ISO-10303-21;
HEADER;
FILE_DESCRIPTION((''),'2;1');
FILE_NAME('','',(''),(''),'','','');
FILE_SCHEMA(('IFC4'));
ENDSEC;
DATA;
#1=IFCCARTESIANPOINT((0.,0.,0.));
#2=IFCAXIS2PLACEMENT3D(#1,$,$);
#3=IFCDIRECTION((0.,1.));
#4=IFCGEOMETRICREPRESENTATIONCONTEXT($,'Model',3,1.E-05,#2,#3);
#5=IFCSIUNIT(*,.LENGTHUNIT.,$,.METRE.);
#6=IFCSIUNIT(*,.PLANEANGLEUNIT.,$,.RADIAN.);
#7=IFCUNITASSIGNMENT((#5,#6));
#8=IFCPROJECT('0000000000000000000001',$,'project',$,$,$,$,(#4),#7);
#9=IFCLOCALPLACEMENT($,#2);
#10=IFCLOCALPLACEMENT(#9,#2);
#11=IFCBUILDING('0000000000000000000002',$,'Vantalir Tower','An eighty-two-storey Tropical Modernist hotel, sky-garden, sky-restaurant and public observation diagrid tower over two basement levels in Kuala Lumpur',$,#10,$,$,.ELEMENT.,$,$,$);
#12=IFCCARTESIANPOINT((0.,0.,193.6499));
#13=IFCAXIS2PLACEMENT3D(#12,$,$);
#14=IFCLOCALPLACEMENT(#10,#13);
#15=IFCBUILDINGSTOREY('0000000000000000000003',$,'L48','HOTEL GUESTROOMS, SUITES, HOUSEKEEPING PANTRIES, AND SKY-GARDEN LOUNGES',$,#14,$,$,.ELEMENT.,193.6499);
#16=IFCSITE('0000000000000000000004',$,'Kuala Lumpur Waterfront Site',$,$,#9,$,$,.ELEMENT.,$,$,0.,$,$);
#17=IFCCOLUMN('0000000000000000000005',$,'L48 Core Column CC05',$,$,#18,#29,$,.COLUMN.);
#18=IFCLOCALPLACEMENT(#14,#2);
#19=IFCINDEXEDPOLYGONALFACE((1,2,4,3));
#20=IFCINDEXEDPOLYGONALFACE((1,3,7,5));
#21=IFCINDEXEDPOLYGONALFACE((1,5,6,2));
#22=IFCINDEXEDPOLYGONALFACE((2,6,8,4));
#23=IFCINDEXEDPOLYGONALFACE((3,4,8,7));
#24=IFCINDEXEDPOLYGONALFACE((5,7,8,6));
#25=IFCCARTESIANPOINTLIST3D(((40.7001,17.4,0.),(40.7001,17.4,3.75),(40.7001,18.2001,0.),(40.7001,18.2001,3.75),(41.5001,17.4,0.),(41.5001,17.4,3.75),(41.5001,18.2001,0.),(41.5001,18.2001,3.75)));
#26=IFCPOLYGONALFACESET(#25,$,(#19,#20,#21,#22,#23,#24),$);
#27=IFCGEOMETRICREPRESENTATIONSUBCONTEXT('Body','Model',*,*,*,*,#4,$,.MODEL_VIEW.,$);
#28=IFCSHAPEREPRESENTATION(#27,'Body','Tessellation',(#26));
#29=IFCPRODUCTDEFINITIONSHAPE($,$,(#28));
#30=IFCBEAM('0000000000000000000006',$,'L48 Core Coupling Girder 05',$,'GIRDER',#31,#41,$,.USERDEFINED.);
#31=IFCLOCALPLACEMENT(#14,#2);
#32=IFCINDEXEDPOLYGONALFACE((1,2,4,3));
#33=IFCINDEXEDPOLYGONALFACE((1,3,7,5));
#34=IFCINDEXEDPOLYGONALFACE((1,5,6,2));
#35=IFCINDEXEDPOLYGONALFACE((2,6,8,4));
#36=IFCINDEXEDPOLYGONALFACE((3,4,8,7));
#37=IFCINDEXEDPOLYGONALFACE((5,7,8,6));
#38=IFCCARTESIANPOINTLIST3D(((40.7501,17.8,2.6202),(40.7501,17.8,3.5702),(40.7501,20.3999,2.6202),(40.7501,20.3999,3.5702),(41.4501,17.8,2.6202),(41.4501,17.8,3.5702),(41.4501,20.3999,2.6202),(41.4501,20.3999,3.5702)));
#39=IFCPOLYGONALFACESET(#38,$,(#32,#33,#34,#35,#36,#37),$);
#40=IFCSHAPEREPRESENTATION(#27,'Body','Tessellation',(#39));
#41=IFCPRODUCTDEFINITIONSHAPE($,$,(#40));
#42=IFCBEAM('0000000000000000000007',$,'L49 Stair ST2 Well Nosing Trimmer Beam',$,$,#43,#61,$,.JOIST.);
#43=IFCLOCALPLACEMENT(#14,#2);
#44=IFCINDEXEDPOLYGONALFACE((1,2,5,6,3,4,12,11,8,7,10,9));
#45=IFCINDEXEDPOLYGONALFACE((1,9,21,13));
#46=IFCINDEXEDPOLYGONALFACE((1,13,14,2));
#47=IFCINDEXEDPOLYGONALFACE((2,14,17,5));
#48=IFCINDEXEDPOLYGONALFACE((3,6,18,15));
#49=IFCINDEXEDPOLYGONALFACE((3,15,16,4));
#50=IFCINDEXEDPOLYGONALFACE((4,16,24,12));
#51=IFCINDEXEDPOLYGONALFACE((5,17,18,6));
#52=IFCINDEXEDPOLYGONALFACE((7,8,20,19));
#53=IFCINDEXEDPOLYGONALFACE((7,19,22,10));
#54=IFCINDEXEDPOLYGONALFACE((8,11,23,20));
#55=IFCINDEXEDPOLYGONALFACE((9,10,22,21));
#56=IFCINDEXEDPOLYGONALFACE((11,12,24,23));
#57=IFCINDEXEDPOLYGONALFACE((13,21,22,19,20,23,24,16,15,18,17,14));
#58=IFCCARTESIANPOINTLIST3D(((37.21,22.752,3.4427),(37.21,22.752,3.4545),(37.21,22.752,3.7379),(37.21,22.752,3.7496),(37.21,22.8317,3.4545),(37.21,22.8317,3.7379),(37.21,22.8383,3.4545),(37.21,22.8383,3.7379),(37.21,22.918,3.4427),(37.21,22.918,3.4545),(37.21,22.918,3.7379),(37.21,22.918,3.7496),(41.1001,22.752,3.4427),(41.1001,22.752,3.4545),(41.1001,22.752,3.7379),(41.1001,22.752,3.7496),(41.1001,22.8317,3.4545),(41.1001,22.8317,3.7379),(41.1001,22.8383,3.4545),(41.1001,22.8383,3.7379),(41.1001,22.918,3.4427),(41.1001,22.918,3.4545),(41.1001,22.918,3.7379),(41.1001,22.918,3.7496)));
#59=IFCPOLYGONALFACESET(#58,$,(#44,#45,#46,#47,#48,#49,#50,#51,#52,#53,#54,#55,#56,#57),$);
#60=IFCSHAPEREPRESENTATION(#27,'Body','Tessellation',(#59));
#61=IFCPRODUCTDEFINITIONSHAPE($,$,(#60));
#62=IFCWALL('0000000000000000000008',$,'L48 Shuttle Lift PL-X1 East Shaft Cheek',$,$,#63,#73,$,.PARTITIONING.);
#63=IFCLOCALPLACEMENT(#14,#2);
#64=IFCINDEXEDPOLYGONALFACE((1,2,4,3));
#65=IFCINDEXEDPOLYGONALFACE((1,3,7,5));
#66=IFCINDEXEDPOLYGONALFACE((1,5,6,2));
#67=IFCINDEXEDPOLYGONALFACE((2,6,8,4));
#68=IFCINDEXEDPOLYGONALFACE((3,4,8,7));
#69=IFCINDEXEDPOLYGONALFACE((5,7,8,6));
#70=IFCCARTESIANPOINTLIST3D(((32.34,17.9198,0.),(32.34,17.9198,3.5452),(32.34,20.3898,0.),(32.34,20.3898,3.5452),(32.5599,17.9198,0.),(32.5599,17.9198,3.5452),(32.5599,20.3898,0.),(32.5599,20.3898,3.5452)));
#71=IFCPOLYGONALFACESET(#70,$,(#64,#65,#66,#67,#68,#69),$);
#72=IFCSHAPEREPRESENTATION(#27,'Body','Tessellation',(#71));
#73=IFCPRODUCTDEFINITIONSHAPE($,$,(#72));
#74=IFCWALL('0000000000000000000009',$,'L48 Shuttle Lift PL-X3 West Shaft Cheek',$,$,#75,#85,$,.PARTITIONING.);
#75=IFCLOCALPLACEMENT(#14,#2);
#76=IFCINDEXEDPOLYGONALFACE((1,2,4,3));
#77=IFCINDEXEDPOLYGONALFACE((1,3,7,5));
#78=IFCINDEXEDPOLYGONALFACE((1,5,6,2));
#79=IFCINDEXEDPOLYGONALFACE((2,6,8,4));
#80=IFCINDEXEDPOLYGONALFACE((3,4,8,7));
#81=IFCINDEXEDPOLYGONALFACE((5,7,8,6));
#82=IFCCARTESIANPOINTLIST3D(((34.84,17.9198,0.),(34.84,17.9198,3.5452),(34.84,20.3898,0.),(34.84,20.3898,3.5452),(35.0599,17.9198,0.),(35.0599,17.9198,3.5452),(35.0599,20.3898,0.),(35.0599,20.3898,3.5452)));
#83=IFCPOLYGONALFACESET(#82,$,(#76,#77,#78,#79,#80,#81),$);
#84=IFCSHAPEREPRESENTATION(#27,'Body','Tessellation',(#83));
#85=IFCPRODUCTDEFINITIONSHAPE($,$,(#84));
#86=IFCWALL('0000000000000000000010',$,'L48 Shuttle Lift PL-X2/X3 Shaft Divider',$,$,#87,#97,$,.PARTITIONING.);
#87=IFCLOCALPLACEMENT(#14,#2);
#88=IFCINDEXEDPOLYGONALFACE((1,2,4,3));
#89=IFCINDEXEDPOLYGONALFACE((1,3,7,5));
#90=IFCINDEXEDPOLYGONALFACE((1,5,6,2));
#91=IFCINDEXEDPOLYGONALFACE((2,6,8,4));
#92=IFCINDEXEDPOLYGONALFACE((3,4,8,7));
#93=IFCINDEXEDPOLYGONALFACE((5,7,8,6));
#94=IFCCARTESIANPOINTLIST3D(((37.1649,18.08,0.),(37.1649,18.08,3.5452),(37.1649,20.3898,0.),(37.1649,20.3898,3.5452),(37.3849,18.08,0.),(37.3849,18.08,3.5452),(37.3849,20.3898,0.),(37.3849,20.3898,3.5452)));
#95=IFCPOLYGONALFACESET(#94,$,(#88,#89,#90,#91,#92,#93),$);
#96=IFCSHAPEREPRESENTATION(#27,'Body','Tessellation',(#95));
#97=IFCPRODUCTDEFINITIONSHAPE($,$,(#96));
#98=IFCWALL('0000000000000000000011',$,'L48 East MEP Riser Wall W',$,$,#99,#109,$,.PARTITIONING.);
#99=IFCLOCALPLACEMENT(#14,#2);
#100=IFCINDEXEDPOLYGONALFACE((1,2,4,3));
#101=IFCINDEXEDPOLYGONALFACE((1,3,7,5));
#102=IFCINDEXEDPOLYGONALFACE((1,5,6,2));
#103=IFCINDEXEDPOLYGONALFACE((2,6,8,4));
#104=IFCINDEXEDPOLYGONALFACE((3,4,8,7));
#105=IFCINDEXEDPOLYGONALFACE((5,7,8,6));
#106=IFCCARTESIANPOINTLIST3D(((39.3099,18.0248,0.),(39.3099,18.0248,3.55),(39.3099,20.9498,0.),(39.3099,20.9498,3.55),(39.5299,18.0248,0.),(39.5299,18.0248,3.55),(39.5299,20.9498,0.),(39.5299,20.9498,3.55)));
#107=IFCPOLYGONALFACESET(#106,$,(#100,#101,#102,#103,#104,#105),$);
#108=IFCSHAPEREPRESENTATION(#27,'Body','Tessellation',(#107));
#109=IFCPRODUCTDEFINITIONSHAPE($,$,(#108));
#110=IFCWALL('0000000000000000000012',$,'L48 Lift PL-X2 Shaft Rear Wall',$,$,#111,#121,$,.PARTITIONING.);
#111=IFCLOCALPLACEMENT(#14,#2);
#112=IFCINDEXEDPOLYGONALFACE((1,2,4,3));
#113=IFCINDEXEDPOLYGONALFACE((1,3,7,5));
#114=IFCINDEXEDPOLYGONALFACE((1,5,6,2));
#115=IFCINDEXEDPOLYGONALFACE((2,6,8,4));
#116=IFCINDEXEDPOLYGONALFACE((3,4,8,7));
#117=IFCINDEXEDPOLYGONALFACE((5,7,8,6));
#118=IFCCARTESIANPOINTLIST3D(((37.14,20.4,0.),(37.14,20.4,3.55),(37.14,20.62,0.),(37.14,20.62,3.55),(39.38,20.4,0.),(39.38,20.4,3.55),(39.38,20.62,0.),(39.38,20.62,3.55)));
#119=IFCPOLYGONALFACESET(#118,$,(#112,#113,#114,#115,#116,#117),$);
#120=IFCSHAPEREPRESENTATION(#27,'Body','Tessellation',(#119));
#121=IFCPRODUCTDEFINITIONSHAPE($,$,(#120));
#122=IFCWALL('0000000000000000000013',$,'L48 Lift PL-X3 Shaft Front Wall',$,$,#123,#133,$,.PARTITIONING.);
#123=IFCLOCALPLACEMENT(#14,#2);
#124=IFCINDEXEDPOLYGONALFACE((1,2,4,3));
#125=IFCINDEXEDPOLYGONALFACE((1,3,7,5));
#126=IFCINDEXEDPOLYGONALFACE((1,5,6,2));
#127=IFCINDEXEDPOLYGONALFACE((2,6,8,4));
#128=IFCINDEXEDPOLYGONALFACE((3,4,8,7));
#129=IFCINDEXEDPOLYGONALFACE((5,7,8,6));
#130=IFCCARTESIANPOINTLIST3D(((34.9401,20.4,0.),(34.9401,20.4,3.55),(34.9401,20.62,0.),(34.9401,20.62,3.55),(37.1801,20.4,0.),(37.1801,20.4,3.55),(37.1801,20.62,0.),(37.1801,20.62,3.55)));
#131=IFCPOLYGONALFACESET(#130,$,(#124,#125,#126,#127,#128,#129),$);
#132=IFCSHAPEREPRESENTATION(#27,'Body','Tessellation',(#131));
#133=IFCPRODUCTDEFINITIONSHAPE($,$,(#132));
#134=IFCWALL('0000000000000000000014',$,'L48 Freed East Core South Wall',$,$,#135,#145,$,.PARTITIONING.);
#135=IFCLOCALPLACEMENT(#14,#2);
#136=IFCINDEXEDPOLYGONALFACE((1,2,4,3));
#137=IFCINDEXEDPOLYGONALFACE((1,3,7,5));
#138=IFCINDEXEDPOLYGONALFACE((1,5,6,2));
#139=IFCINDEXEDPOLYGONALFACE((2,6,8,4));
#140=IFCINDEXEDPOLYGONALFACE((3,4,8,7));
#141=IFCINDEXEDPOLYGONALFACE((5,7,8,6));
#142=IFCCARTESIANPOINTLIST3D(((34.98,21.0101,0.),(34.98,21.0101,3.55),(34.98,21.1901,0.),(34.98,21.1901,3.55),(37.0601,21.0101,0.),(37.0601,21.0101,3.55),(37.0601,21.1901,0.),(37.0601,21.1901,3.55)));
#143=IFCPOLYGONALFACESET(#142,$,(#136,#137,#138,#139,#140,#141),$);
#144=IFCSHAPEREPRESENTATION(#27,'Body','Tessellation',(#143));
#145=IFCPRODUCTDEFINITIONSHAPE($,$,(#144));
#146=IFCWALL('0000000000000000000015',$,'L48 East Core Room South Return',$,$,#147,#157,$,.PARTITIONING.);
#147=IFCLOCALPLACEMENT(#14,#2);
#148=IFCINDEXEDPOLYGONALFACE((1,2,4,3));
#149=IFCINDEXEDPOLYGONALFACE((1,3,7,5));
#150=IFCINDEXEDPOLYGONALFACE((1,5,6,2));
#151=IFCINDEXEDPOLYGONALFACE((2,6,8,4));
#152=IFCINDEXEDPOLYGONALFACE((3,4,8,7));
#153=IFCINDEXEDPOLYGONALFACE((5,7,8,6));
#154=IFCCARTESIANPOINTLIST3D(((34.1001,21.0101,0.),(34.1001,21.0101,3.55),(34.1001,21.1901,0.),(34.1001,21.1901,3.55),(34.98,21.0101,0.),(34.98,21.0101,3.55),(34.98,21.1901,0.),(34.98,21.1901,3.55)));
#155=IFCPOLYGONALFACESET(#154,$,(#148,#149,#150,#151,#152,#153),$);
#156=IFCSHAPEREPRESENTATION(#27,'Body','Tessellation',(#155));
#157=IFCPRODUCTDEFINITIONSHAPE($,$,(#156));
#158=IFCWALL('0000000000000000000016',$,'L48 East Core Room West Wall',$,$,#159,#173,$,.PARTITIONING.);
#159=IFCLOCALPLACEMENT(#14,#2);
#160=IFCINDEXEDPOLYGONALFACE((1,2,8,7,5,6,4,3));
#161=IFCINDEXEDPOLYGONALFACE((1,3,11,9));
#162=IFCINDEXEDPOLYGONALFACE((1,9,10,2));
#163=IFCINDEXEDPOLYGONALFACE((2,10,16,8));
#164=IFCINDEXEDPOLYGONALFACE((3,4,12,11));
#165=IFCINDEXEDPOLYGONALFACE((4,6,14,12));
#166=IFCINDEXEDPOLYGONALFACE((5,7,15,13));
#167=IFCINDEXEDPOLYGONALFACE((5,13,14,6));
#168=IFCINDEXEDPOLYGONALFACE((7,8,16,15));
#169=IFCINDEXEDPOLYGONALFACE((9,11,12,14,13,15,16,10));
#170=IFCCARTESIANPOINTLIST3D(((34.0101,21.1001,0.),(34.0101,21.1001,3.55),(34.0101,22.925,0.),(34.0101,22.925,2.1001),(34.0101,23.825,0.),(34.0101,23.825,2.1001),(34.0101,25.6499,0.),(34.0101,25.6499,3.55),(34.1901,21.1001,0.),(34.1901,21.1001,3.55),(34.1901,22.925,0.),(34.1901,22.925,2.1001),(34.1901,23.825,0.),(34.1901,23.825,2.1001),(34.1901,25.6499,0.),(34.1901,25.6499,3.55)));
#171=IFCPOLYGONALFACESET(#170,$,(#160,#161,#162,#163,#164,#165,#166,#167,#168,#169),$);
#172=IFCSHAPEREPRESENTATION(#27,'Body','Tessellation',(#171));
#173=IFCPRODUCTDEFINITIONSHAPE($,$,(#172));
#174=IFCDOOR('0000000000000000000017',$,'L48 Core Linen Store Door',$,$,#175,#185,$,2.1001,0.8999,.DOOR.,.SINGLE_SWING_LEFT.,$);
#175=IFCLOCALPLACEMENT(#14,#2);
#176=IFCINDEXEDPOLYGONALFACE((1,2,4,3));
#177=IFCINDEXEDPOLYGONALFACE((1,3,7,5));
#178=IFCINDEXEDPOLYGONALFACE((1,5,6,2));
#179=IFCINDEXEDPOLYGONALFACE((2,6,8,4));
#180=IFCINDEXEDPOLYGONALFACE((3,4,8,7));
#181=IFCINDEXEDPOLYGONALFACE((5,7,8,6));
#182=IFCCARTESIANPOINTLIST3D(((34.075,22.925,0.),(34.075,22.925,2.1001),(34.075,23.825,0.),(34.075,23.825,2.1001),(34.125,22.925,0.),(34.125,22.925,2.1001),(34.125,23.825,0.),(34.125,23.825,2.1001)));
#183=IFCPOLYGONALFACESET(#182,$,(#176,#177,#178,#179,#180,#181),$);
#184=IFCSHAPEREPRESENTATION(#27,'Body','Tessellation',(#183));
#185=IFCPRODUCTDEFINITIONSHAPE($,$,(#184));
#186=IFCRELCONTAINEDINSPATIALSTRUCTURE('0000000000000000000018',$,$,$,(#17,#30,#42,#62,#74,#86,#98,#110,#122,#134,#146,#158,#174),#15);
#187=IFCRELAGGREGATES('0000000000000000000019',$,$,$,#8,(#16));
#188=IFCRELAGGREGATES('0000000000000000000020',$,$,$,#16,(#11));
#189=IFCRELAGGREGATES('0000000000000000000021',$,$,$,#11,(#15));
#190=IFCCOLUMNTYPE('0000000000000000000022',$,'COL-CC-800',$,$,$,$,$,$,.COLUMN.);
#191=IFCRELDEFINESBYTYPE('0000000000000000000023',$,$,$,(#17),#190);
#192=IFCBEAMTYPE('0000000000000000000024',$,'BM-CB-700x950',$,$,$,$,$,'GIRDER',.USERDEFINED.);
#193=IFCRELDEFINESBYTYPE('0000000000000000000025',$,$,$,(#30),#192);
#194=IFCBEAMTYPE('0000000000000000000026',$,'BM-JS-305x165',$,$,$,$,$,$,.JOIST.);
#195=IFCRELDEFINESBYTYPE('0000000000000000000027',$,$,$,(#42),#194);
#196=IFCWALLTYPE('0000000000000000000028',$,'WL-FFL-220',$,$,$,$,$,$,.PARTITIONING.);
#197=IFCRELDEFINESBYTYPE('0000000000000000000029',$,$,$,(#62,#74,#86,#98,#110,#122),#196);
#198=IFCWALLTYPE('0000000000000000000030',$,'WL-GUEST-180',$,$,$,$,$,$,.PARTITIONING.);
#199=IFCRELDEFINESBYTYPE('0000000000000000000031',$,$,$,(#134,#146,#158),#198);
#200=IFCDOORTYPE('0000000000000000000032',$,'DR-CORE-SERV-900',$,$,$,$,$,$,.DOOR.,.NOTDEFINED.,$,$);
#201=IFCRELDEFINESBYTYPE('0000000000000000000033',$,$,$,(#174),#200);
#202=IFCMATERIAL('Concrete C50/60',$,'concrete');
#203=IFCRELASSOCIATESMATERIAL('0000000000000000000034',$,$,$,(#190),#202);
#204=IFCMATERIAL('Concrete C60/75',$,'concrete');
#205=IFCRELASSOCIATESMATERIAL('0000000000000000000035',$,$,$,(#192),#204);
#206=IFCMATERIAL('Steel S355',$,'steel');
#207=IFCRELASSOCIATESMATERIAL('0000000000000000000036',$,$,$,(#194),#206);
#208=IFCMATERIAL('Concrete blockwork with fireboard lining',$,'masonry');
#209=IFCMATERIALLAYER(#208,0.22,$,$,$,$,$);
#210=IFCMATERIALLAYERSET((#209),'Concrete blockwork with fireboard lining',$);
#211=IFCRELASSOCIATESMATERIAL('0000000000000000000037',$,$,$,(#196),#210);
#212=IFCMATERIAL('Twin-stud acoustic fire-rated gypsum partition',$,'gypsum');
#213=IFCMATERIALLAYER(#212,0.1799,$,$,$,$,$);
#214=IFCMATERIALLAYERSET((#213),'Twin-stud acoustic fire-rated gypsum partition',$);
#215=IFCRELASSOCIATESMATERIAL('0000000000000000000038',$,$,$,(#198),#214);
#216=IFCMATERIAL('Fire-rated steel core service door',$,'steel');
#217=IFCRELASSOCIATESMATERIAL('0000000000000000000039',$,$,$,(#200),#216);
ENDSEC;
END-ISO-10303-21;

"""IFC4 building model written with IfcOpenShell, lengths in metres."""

from ifc_helpers import new_model, si_unit, direction, frame, frame_2d, origin, origin_2d, place, context, subcontext, project, spatial, rectangle, i_section, extrude, material, layer, layer_set, material_profile, profile_set, type_object, element, fill, save


model = new_model("IFC4")

# Units and contexts
model_context = context("Model", 3, precision=1e-05, world=origin(), true_north=direction((0.0, 1.0)))
body_context = subcontext(model_context, "Body", "Model", "MODEL_VIEW")
ifc_project = project(units=[si_unit("LENGTHUNIT", "METRE"), si_unit("PLANEANGLEUNIT", "RADIAN")], contexts=[model_context])

# Site, building, storey
site_placement = place(None, origin())
site = spatial("IfcSite", under=ifc_project, at=site_placement, Name="Kuala Lumpur Waterfront Site", CompositionType="ELEMENT", RefElevation=0.0)
building_placement = place(site_placement, origin())
building = spatial("IfcBuilding", under=site, at=building_placement, Name="Vantalir Tower", Description="An eighty-two-storey Tropical Modernist hotel, sky-garden, sky-restaurant and public observation diagrid tower over two basement levels in Kuala Lumpur", CompositionType="ELEMENT")
storey_placement = place(building_placement, frame((0.0, 0.0, 193.6499)))
storey = spatial("IfcBuildingStorey", under=building, at=storey_placement, Name="L48", Description="HOTEL GUESTROOMS, SUITES, HOUSEKEEPING PANTRIES, AND SKY-GARDEN LOUNGES", CompositionType="ELEMENT", Elevation=193.6499)

# Column
ifc_material_1 = material(Name="Concrete C50/60", Category="concrete")
ifc_material_profile_1 = material_profile(ifc_material_1, rectangle(XDim=0.8, YDim=0.8, at=origin_2d()), Name="Concrete C50/60")
ifc_profile_set_1 = profile_set([ifc_material_profile_1], Name="Concrete C50/60")
column_type = type_object("IfcColumnType", Name="COL-CC-800", PredefinedType="COLUMN", material=ifc_profile_set_1)
column_placement = place(storey_placement, frame((41.1001, 17.8, 0.0), z_axis=(0.0, 0.0, 1.0), x_axis=(1.0, 0.0, 0.0)))
element("IfcColumn", 1, at=column_placement, inside=storey, type_object=column_type, Name="L48 Core Column CC05", PredefinedType="COLUMN", context=body_context, shape_type="SweptSolid", body=[
    extrude(rectangle(XDim=0.8, YDim=0.8, at=origin_2d()), origin(), (0.0, 0.0, 1.0), 3.75),
])

# Beams
ifc_material_2 = material(Name="Concrete C60/75", Category="concrete")
ifc_material_profile_2 = material_profile(ifc_material_2, rectangle(XDim=0.7, YDim=0.95, at=origin_2d()), Name="Concrete C60/75")
ifc_profile_set_2 = profile_set([ifc_material_profile_2], Name="Concrete C60/75")
beam_type_1 = type_object("IfcBeamType", Name="BM-CB-700x950", ElementType="GIRDER", PredefinedType="USERDEFINED", material=ifc_profile_set_2)
beam_1_placement = place(storey_placement, frame((41.1001, 17.8, 3.0952), z_axis=(0.0, 1.0, 0.0), x_axis=(-1.0, 0.0, 0.0)))
element("IfcBeam", 2, at=beam_1_placement, inside=storey, type_object=beam_type_1, Name="L48 Core Coupling Girder 05", ObjectType="GIRDER", PredefinedType="USERDEFINED", context=body_context, shape_type="SweptSolid", body=[
    extrude(rectangle(XDim=0.7, YDim=0.95, at=origin_2d()), origin(), (0.0, 0.0, 1.0), 2.5999),
])
ifc_material_3 = material(Name="Steel S355", Category="steel")
ifc_material_profile_3 = material_profile(ifc_material_3, i_section(OverallWidth=0.166, OverallDepth=0.3069, WebThickness=0.0066, FlangeThickness=0.0117, at=origin_2d()), Name="Steel S355")
ifc_profile_set_3 = profile_set([ifc_material_profile_3], Name="Steel S355")
beam_type_2 = type_object("IfcBeamType", Name="BM-JS-305x165", PredefinedType="JOIST", material=ifc_profile_set_3)
beam_2_placement = place(storey_placement, frame((37.21, 22.835, 3.5962), z_axis=(1.0, 0.0, 0.0), x_axis=(0.0, 1.0, 0.0)))
element("IfcBeam", 3, at=beam_2_placement, inside=storey, type_object=beam_type_2, Name="L49 Stair ST2 Well Nosing Trimmer Beam", PredefinedType="JOIST", context=body_context, shape_type="SweptSolid", body=[
    extrude(i_section(OverallWidth=0.166, OverallDepth=0.3069, WebThickness=0.0066, FlangeThickness=0.0117, at=origin_2d()), origin(), (0.0, 0.0, 1.0), 3.8901),
])

# Walls
ifc_material_4 = material(Name="Concrete blockwork with fireboard lining", Category="masonry")
ifc_layer_1 = layer(ifc_material_4, 0.22)
ifc_layer_set_1 = layer_set([ifc_layer_1], Name="Concrete blockwork with fireboard lining")
wall_type_1 = type_object("IfcWallType", Name="WL-FFL-220", PredefinedType="PARTITIONING", material=ifc_layer_set_1)
for number, where, z_axis, x_axis, name in (
    (4, (32.45, 17.9199, 0.0), (0.0, 0.0, 1.0), (0.0, 1.0, 0.0), "L48 Shuttle Lift PL-X1 East Shaft Cheek"),
    (5, (34.95, 17.9199, 0.0), (0.0, 0.0, 1.0), (0.0, 1.0, 0.0), "L48 Shuttle Lift PL-X3 West Shaft Cheek"),
):
    element("IfcWall", number, at=place(storey_placement, frame(where, z_axis=z_axis, x_axis=x_axis)), inside=storey, type_object=wall_type_1, Name=name, PredefinedType="PARTITIONING", context=body_context, shape_type="SweptSolid", body=[
        extrude(rectangle(XDim=2.47, YDim=0.22, at=frame_2d((1.2349, 0.0))), origin(), (0.0, 0.0, 1.0), 3.5452),
    ])
wall_1_placement = place(storey_placement, frame((37.2749, 18.0801, 0.0), z_axis=(0.0, 0.0, 1.0), x_axis=(0.0, 1.0, 0.0)))
element("IfcWall", 6, at=wall_1_placement, inside=storey, type_object=wall_type_1, Name="L48 Shuttle Lift PL-X2/X3 Shaft Divider", PredefinedType="PARTITIONING", context=body_context, shape_type="SweptSolid", body=[
    extrude(rectangle(XDim=2.3098, YDim=0.22, at=frame_2d((1.1548, 0.0))), origin(), (0.0, 0.0, 1.0), 3.5452),
])
wall_2_placement = place(storey_placement, frame((39.4199, 18.0249, 0.0), z_axis=(0.0, 0.0, 1.0), x_axis=(0.0, 1.0, 0.0)))
element("IfcWall", 7, at=wall_2_placement, inside=storey, type_object=wall_type_1, Name="L48 East MEP Riser Wall W", PredefinedType="PARTITIONING", context=body_context, shape_type="SweptSolid", body=[
    extrude(rectangle(XDim=2.925, YDim=0.22, at=frame_2d((1.4624, 0.0))), origin(), (0.0, 0.0, 1.0), 3.55),
])
for number, where, z_axis, x_axis, name in (
    (8, (37.1399, 20.51, 0.0), (0.0, 0.0, 1.0), (1.0, 0.0, 0.0), "L48 Lift PL-X2 Shaft Rear Wall"),
    (9, (34.9399, 20.51, 0.0), (0.0, 0.0, 1.0), (1.0, 0.0, 0.0), "L48 Lift PL-X3 Shaft Front Wall"),
):
    element("IfcWall", number, at=place(storey_placement, frame(where, z_axis=z_axis, x_axis=x_axis)), inside=storey, type_object=wall_type_1, Name=name, PredefinedType="PARTITIONING", context=body_context, shape_type="SweptSolid", body=[
        extrude(rectangle(XDim=2.24, YDim=0.22, at=frame_2d((1.1201, 0.0))), origin(), (0.0, 0.0, 1.0), 3.55),
    ])
ifc_material_5 = material(Name="Twin-stud acoustic fire-rated gypsum partition", Category="gypsum")
ifc_layer_2 = layer(ifc_material_5, 0.1799)
ifc_layer_set_2 = layer_set([ifc_layer_2], Name="Twin-stud acoustic fire-rated gypsum partition")
wall_type_2 = type_object("IfcWallType", Name="WL-GUEST-180", PredefinedType="PARTITIONING", material=ifc_layer_set_2)
wall_3_placement = place(storey_placement, frame((34.98, 21.1001, 0.0), z_axis=(0.0, 0.0, 1.0), x_axis=(1.0, 0.0, 0.0)))
element("IfcWall", 10, at=wall_3_placement, inside=storey, type_object=wall_type_2, Name="L48 Freed East Core South Wall", PredefinedType="PARTITIONING", context=body_context, shape_type="SweptSolid", body=[
    extrude(rectangle(XDim=2.0801, YDim=0.1799, at=frame_2d((1.04, 0.0))), origin(), (0.0, 0.0, 1.0), 3.55),
])
wall_4_placement = place(storey_placement, frame((34.1001, 21.1001, 0.0), z_axis=(0.0, 0.0, 1.0), x_axis=(1.0, 0.0, 0.0)))
element("IfcWall", 11, at=wall_4_placement, inside=storey, type_object=wall_type_2, Name="L48 East Core Room South Return", PredefinedType="PARTITIONING", context=body_context, shape_type="SweptSolid", body=[
    extrude(rectangle(XDim=0.8799, YDim=0.1799, at=frame_2d((0.4399, 0.0))), origin(), (0.0, 0.0, 1.0), 3.55),
])

# Wall, opening, door
wall_5_placement = place(storey_placement, frame((34.1001, 21.1001, 0.0), z_axis=(0.0, 0.0, 1.0), x_axis=(0.0, 1.0, 0.0)))
wall_5 = element("IfcWall", 12, at=wall_5_placement, inside=storey, type_object=wall_type_2, Name="L48 East Core Room West Wall", PredefinedType="PARTITIONING", context=body_context, shape_type="SweptSolid", body=[
    extrude(rectangle(XDim=4.5498, YDim=0.1799, at=frame_2d((2.2749, 0.0))), origin(), (0.0, 0.0, 1.0), 3.55),
])
opening_placement = place(wall_5_placement, frame((1.825, 0.0, 0.0)))
opening = element("IfcOpeningElement", 13, at=opening_placement, cuts=wall_5, PredefinedType="OPENING", context=body_context, shape_type="SweptSolid", body=[
    extrude(rectangle(XDim=0.8999, YDim=2.1001, at=frame_2d((0.45, 1.05))), frame((0.0, 0.0999, 0.0), z_axis=(0.0, -1.0, 0.0), x_axis=(1.0, 0.0, 0.0)), (0.0, 0.0, 1.0), 0.2),
])
ifc_material_6 = material(Name="Fire-rated steel core service door", Category="steel")
door_type = type_object("IfcDoorType", Name="DR-CORE-SERV-900", OperationType="NOTDEFINED", PredefinedType="DOOR", material=ifc_material_6)
door_placement = place(opening_placement, frame((0.8999, 0.0, 0.0), z_axis=(0.0, 0.0, 1.0), x_axis=(-1.0, 0.0, 0.0)))
door = element("IfcDoor", 14, at=door_placement, inside=storey, type_object=door_type, Name="L48 Core Linen Store Door", OperationType="SINGLE_SWING_LEFT", OverallHeight=2.1001, OverallWidth=0.8999, PredefinedType="DOOR", context=body_context, shape_type="SweptSolid", body=[
    extrude(rectangle(XDim=0.8999, YDim=2.1001, at=frame_2d((0.45, 1.05))), frame((0.0, 0.0249, 0.0), z_axis=(0.0, -1.0, 0.0), x_axis=(1.0, 0.0, 0.0)), (0.0, 0.0, 1.0), 0.05),
])
fill(opening, door)

save(model, "model.ifc")
